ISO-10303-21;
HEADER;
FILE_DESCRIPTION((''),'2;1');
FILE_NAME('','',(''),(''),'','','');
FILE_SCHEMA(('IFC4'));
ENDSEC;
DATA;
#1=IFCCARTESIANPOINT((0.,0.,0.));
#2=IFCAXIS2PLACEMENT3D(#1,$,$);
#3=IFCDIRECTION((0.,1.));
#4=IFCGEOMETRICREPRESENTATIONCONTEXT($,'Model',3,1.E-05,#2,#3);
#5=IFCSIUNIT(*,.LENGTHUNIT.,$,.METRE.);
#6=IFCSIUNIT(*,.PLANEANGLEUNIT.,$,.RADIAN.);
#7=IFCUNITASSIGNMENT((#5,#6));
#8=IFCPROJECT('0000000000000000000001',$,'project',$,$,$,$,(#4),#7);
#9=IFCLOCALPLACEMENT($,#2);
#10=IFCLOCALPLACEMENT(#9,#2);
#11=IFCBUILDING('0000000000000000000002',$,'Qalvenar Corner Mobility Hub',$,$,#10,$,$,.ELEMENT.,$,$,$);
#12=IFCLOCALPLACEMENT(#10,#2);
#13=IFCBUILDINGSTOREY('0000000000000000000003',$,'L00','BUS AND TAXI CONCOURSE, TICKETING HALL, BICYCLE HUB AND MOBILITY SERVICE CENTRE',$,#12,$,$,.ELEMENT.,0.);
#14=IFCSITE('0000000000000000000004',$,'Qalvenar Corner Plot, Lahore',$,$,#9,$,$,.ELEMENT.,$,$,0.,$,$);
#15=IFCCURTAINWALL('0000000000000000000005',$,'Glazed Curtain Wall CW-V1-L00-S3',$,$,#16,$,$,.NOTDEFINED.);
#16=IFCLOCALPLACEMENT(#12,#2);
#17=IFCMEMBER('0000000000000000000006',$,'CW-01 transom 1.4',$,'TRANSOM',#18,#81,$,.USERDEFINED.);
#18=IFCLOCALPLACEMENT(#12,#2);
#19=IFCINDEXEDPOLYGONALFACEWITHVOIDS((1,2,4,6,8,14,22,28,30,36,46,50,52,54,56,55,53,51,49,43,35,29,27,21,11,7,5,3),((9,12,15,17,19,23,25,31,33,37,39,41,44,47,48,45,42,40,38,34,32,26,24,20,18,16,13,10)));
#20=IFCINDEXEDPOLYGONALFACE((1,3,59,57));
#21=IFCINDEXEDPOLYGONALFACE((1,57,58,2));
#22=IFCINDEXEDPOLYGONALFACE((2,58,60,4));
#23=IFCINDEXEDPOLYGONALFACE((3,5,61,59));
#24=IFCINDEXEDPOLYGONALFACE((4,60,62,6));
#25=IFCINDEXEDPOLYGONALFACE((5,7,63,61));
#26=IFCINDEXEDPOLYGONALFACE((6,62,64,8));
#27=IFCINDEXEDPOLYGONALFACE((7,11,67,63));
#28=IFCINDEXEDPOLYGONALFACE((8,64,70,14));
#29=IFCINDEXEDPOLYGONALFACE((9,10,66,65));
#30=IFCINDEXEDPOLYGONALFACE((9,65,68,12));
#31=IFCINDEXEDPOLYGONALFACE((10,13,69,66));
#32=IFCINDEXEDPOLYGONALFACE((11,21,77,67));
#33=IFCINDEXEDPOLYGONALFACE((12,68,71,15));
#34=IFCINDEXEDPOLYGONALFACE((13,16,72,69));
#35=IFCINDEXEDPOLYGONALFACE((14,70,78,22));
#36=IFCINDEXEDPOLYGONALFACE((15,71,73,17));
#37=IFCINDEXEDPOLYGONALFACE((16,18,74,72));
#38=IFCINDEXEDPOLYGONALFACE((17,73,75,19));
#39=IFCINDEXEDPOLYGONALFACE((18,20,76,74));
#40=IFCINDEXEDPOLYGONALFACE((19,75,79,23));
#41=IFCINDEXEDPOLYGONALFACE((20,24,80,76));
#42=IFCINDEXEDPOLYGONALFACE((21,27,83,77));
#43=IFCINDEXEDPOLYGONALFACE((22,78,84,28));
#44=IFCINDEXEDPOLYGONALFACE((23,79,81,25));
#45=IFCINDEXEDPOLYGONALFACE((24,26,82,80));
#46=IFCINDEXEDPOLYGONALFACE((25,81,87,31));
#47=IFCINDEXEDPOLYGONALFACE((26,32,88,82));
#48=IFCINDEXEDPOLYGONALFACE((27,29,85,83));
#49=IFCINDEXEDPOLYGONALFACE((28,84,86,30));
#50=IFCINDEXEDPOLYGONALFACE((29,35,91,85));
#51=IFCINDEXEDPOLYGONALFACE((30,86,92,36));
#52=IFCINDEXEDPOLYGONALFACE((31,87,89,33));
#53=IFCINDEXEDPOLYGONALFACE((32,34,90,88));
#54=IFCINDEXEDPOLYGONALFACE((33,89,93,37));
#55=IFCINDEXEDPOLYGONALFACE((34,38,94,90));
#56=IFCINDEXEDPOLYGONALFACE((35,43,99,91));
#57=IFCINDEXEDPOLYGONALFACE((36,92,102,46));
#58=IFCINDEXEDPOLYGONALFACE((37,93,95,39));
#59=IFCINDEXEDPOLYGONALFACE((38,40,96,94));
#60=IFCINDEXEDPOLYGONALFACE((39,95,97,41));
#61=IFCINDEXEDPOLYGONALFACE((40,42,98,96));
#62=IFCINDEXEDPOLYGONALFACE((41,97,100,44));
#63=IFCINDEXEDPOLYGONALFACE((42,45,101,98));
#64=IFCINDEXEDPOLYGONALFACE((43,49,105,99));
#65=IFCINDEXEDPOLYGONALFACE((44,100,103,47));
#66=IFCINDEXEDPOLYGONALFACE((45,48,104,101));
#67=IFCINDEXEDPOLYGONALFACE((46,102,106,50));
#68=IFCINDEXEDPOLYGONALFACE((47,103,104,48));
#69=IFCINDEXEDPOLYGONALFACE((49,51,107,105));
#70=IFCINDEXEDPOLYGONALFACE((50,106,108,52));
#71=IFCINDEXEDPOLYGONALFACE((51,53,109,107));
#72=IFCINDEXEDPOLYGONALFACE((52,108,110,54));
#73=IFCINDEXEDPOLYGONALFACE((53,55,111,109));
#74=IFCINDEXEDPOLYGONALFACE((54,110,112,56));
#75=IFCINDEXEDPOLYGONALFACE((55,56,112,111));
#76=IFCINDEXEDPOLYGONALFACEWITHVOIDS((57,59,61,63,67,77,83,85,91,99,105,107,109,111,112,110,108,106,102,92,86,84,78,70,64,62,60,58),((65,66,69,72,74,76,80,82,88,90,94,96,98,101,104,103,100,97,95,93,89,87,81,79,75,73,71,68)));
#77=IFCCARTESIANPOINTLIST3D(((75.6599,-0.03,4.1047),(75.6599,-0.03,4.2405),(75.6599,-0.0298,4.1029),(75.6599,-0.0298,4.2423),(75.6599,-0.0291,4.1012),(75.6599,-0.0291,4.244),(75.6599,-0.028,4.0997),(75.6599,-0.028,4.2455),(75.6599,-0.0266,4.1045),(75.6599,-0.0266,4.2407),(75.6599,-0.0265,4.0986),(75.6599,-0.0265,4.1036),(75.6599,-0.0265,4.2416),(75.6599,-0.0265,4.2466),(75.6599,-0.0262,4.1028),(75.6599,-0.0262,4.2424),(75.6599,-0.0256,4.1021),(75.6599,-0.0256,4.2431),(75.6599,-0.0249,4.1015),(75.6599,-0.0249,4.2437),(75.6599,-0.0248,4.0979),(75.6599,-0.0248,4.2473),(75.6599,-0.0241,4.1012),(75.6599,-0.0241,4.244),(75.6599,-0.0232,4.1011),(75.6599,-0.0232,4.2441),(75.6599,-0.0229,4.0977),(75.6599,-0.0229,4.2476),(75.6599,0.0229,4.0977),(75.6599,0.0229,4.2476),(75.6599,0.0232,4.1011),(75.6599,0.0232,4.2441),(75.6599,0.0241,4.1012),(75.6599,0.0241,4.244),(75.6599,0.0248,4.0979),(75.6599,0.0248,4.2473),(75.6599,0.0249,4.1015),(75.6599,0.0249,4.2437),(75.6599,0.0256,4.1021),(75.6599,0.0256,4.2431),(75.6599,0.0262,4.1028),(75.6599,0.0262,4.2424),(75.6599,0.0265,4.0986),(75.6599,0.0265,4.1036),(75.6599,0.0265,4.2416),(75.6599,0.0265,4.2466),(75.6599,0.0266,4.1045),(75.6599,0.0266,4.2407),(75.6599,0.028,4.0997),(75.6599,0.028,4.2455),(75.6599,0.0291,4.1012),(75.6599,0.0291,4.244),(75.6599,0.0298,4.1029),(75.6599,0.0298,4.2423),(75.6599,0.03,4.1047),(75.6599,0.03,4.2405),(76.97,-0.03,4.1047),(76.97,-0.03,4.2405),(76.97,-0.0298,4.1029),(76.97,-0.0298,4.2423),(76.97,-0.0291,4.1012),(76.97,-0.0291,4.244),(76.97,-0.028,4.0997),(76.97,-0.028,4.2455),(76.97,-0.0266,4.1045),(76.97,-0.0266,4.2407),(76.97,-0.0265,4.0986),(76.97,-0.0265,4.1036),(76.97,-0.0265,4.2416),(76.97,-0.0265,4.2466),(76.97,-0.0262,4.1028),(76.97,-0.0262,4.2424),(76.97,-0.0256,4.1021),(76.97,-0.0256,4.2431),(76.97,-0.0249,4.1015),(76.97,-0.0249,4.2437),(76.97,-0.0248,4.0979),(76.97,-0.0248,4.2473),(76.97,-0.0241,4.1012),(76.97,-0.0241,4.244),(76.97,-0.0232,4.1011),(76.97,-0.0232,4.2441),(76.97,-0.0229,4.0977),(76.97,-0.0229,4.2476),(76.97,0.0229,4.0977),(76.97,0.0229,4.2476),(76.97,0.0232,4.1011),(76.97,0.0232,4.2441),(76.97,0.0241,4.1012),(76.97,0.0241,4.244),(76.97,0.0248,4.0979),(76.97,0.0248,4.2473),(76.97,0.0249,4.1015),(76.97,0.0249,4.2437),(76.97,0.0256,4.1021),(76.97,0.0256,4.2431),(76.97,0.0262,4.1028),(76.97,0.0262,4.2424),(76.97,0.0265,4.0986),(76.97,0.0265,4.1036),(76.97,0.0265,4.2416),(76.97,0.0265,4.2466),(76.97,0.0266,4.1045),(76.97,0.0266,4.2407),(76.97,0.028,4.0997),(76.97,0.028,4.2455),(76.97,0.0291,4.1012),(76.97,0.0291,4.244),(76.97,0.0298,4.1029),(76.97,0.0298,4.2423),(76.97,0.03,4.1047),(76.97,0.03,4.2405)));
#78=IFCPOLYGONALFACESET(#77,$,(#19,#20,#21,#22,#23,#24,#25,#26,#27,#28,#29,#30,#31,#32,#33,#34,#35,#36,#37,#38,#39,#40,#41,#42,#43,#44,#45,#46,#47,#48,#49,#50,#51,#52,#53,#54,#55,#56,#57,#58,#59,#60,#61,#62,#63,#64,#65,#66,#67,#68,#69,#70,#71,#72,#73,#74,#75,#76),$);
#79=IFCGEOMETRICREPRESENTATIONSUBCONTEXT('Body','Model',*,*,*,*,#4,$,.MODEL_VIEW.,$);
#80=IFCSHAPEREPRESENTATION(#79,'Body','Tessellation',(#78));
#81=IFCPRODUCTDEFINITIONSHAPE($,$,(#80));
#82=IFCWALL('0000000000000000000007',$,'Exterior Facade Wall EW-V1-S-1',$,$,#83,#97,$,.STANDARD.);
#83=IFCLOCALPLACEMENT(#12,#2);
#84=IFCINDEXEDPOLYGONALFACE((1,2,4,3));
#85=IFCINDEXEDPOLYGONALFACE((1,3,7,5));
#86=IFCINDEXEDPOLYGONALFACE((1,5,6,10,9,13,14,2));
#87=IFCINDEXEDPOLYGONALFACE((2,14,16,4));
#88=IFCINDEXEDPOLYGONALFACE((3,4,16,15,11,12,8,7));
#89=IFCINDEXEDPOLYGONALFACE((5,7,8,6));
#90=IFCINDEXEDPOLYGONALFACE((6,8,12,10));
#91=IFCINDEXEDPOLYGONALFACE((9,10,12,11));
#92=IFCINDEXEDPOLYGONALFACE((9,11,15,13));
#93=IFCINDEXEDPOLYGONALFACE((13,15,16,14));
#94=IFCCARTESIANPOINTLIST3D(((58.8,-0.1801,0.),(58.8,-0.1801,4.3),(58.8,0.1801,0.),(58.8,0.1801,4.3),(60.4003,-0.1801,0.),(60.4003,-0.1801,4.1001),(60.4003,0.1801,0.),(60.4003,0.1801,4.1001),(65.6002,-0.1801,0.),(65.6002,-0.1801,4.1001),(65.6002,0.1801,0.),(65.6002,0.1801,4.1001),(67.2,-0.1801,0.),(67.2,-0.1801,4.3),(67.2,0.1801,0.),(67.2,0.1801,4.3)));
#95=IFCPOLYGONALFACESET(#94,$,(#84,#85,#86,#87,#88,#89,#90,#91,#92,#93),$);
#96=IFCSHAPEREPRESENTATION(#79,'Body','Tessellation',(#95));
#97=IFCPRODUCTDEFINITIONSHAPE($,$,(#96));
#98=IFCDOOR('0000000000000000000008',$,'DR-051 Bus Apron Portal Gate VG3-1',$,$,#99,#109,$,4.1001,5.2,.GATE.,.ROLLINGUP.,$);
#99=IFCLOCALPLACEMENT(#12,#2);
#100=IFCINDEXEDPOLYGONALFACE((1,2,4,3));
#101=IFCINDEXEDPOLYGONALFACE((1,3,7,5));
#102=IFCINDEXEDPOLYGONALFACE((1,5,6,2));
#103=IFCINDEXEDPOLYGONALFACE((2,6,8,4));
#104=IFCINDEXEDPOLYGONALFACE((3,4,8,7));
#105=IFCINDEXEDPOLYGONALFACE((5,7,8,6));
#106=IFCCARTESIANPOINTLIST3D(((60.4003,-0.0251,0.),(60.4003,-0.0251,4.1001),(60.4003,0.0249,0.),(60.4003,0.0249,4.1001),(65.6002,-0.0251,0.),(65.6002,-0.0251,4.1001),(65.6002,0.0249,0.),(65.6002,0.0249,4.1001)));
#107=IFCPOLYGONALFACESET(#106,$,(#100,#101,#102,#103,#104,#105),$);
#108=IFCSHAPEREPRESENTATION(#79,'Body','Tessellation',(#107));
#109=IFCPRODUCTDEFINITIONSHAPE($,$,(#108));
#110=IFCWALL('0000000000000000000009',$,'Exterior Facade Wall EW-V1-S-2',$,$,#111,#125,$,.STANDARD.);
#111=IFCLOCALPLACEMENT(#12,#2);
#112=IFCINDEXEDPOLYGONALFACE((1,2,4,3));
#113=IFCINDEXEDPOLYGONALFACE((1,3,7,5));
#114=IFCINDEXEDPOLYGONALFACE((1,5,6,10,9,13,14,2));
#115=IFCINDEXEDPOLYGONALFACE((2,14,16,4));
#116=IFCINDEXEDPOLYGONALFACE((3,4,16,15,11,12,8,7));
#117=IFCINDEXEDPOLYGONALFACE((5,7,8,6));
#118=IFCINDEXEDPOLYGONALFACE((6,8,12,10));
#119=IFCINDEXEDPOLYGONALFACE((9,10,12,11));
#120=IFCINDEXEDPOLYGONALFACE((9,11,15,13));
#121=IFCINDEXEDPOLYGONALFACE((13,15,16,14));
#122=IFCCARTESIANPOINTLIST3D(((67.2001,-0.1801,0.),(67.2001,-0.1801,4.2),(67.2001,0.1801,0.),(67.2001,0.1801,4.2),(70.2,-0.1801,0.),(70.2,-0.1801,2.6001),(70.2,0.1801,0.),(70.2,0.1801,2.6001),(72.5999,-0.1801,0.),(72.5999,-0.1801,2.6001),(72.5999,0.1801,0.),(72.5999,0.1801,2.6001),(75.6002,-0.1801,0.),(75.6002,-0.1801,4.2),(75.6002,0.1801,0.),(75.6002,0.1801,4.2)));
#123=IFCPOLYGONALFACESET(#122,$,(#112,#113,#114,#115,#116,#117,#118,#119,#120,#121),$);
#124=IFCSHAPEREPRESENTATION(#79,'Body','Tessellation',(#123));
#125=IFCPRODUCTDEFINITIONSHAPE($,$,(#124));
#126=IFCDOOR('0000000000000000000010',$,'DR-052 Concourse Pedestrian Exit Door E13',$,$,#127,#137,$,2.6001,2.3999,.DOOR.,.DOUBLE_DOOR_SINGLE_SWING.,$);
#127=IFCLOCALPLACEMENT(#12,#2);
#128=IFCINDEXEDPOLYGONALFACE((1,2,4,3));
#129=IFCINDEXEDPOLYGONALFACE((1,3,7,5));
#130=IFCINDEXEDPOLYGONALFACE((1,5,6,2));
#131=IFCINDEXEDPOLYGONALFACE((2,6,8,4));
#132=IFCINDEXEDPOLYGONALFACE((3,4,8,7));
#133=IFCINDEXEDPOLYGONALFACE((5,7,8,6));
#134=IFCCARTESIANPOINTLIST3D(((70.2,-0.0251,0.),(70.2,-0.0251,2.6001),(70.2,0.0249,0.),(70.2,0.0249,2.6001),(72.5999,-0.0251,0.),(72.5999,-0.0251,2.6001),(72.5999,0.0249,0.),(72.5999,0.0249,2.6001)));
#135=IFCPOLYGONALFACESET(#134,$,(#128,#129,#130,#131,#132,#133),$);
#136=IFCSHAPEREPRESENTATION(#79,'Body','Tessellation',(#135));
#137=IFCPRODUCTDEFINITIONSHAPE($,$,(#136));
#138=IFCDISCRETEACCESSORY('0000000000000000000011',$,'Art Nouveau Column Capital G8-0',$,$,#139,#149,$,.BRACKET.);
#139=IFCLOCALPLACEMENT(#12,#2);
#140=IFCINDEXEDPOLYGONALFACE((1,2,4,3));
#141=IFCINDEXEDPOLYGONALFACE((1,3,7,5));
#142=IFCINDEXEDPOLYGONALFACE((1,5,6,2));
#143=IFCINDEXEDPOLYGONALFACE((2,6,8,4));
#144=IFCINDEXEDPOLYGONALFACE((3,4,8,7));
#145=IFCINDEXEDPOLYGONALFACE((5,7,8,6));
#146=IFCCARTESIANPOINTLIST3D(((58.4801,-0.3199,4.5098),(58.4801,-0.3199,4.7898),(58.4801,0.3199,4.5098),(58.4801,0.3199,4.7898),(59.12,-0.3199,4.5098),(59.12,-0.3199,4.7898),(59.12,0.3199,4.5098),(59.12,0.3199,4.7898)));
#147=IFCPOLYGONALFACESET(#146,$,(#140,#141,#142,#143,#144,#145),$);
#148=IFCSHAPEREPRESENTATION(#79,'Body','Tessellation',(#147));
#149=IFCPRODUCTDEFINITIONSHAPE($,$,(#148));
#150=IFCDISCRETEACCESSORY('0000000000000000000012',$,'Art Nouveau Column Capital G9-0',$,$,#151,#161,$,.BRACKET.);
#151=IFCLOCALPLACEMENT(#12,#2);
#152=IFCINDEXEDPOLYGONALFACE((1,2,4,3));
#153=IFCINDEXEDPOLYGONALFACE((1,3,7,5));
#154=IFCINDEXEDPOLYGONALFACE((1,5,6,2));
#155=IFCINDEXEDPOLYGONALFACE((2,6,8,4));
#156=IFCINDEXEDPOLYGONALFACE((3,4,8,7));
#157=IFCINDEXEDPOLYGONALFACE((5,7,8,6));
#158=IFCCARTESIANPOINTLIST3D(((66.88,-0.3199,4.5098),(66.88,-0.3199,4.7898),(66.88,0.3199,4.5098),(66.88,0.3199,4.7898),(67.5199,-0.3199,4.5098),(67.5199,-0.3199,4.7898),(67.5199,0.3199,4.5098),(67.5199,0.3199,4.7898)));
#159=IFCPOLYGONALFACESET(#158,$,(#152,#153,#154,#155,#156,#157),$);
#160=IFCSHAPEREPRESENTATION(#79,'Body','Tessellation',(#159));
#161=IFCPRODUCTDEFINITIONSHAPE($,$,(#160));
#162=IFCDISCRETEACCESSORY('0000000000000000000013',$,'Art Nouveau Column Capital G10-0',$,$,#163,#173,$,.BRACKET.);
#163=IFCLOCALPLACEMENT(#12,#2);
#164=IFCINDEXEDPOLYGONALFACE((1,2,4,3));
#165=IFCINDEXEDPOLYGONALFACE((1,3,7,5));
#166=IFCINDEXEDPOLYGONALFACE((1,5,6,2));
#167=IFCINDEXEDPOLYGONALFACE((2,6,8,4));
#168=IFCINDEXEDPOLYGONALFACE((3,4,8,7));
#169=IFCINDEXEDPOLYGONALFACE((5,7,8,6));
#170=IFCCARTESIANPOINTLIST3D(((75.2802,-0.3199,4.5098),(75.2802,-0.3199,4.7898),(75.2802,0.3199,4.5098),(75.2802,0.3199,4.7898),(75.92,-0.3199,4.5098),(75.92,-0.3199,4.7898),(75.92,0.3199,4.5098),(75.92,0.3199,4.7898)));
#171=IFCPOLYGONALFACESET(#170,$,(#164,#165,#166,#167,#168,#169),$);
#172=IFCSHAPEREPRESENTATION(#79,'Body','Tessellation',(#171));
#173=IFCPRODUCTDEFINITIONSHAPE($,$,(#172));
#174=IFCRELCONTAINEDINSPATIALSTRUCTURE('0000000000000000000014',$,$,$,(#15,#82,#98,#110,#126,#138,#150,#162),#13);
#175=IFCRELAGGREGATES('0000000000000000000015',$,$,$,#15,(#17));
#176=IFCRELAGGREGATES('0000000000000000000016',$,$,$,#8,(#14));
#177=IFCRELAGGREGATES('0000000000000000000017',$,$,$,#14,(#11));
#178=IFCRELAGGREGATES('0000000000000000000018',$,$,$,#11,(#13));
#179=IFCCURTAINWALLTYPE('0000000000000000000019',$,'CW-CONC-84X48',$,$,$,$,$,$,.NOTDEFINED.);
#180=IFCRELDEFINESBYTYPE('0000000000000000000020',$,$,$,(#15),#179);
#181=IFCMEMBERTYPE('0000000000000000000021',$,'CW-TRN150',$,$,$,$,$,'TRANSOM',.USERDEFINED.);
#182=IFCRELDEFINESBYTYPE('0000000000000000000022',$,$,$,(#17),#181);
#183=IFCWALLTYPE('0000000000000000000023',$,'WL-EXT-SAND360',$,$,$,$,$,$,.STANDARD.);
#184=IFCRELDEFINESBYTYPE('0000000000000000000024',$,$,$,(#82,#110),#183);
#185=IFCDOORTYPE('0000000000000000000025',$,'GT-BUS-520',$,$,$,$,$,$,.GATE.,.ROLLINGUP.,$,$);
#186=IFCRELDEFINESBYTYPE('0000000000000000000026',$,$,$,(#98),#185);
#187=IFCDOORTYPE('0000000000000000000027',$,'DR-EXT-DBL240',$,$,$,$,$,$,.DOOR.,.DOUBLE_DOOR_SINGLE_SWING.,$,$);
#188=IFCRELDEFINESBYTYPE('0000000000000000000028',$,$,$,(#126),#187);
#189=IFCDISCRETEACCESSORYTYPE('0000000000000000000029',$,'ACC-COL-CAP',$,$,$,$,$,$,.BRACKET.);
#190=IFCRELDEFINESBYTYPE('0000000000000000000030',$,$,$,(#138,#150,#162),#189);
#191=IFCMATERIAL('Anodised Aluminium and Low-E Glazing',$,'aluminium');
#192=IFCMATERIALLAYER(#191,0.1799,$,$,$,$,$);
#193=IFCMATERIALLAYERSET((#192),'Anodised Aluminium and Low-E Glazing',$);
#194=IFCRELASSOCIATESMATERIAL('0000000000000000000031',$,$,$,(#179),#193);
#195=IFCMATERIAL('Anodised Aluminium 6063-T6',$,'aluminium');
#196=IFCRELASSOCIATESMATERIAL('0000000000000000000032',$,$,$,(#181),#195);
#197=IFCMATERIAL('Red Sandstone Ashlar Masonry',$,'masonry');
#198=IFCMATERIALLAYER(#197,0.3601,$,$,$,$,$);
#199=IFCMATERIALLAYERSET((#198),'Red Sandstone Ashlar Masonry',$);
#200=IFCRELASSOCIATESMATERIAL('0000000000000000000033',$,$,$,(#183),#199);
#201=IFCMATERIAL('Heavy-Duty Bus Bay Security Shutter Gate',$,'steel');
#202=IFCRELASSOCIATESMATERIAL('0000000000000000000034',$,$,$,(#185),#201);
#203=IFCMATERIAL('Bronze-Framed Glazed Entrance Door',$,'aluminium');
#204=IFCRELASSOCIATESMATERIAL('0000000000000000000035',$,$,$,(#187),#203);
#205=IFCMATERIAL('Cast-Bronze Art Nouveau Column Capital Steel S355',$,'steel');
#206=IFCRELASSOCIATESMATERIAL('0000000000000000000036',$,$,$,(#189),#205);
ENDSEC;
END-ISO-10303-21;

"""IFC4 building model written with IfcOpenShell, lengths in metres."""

from ifc_helpers import new_model, si_unit, direction, frame, frame_2d, origin, origin_2d, place, context, subcontext, project, spatial, rectangle, hollow_rectangle, extrude, material, layer, layer_set, material_profile, profile_set, type_object, element, fill, aggregate, save


model = new_model("IFC4")

# Units and contexts
model_context = context("Model", 3, precision=1e-05, world=origin(), true_north=direction((0.0, 1.0)))
body_context = subcontext(model_context, "Body", "Model", "MODEL_VIEW")
ifc_project = project(units=[si_unit("LENGTHUNIT", "METRE"), si_unit("PLANEANGLEUNIT", "RADIAN")], contexts=[model_context])

# Site, building, storey
site_placement = place(None, origin())
site = spatial("IfcSite", under=ifc_project, at=site_placement, Name="Qalvenar Corner Plot, Lahore", CompositionType="ELEMENT", RefElevation=0.0)
building_placement = place(site_placement, origin())
building = spatial("IfcBuilding", under=site, at=building_placement, Name="Qalvenar Corner Mobility Hub", CompositionType="ELEMENT")
storey_placement = place(building_placement, origin())
storey = spatial("IfcBuildingStorey", under=building, at=storey_placement, Name="L00", Description="BUS AND TAXI CONCOURSE, TICKETING HALL, BICYCLE HUB AND MOBILITY SERVICE CENTRE", CompositionType="ELEMENT", Elevation=0.0)

# Curtain wall, member
ifc_material_1 = material(Name="Anodised Aluminium and Low-E Glazing", Category="aluminium")
ifc_layer_1 = layer(ifc_material_1, 0.1799)
ifc_layer_set_1 = layer_set([ifc_layer_1], Name="Anodised Aluminium and Low-E Glazing")
curtain_wall_type = type_object("IfcCurtainWallType", Name="CW-CONC-84X48", PredefinedType="NOTDEFINED", material=ifc_layer_set_1)
curtain_wall_placement = place(storey_placement, origin())
curtain_wall = element("IfcCurtainWall", 1, at=curtain_wall_placement, inside=storey, type_object=curtain_wall_type, Name="Glazed Curtain Wall CW-V1-L00-S3", PredefinedType="NOTDEFINED")
ifc_material_2 = material(Name="Anodised Aluminium 6063-T6", Category="aluminium")
ifc_material_profile_1 = material_profile(ifc_material_2, hollow_rectangle(XDim=0.0601, YDim=0.1499, WallThickness=0.0034, InnerFilletRadius=0.0034, OuterFilletRadius=0.0071, at=origin_2d()), Name="RHS150x60x3.5")
ifc_profile_set_1 = profile_set([ifc_material_profile_1], Name="Anodised Aluminium 6063-T6")
member_type_1 = type_object("IfcMemberType", Name="CW-TRN150", ElementType="TRANSOM", PredefinedType="USERDEFINED", material=ifc_profile_set_1)
member_1_placement = place(storey_placement, frame((75.6599, 0.0, 4.1726), z_axis=(1.0, 0.0, 0.0), x_axis=(0.0, 1.0, 0.0)))
member_1 = element("IfcMember", 2, at=member_1_placement, type_object=member_type_1, Name="CW-01 transom 1.4", ObjectType="TRANSOM", PredefinedType="USERDEFINED", context=body_context, shape_type="SweptSolid", body=[
    extrude(hollow_rectangle(XDim=0.0601, YDim=0.1499, WallThickness=0.0034, InnerFilletRadius=0.0034, OuterFilletRadius=0.0071, at=origin_2d()), origin(), (0.0, 0.0, 1.0), 1.3101),
])
aggregate(curtain_wall, [member_1])

# Walls, openings, doors
ifc_material_3 = material(Name="Red Sandstone Ashlar Masonry", Category="masonry")
ifc_layer_2 = layer(ifc_material_3, 0.3601)
ifc_layer_set_2 = layer_set([ifc_layer_2], Name="Red Sandstone Ashlar Masonry")
wall_type = type_object("IfcWallType", Name="WL-EXT-SAND360", PredefinedType="STANDARD", material=ifc_layer_set_2)
wall_1_placement = place(storey_placement, frame((58.8, 0.0, 0.0), z_axis=(0.0, 0.0, 1.0), x_axis=(1.0, 0.0, 0.0)))
wall_1 = element("IfcWall", 3, at=wall_1_placement, inside=storey, type_object=wall_type, Name="Exterior Facade Wall EW-V1-S-1", PredefinedType="STANDARD", context=body_context, shape_type="SweptSolid", body=[
    extrude(rectangle(XDim=8.3999, YDim=0.3601, at=frame_2d((4.2, 0.0))), origin(), (0.0, 0.0, 1.0), 4.3),
])
opening_1_placement = place(wall_1_placement, frame((1.6001, 0.0, 0.0)))
opening_1 = element("IfcOpeningElement", 4, at=opening_1_placement, cuts=wall_1, PredefinedType="OPENING", context=body_context, shape_type="SweptSolid", body=[
    extrude(rectangle(XDim=5.2, YDim=4.1001, at=frame_2d((2.6001, 2.05))), frame((0.0, 0.1899, 0.0), z_axis=(0.0, -1.0, 0.0), x_axis=(1.0, 0.0, 0.0)), (0.0, 0.0, 1.0), 0.3801),
])
ifc_material_4 = material(Name="Heavy-Duty Bus Bay Security Shutter Gate", Category="steel")
door_type_1 = type_object("IfcDoorType", Name="GT-BUS-520", OperationType="ROLLINGUP", PredefinedType="GATE", material=ifc_material_4)
door_1_placement = place(opening_1_placement, origin())
door_1 = element("IfcDoor", 5, at=door_1_placement, inside=storey, type_object=door_type_1, Name="DR-051 Bus Apron Portal Gate VG3-1", OperationType="ROLLINGUP", OverallHeight=4.1001, OverallWidth=5.2, PredefinedType="GATE", context=body_context, shape_type="SweptSolid", body=[
    extrude(rectangle(XDim=5.2, YDim=4.1001, at=frame_2d((2.6001, 2.05))), frame((0.0, 0.0249, 0.0), z_axis=(0.0, -1.0, 0.0), x_axis=(1.0, 0.0, 0.0)), (0.0, 0.0, 1.0), 0.05),
])
fill(opening_1, door_1)
wall_2_placement = place(storey_placement, frame((67.2, 0.0, 0.0), z_axis=(0.0, 0.0, 1.0), x_axis=(1.0, 0.0, 0.0)))
wall_2 = element("IfcWall", 6, at=wall_2_placement, inside=storey, type_object=wall_type, Name="Exterior Facade Wall EW-V1-S-2", PredefinedType="STANDARD", context=body_context, shape_type="SweptSolid", body=[
    extrude(rectangle(XDim=8.4001, YDim=0.3601, at=frame_2d((4.2002, 0.0))), origin(), (0.0, 0.0, 1.0), 4.2),
])
opening_2_placement = place(wall_2_placement, frame((3.0, 0.0, 0.0)))
opening_2 = element("IfcOpeningElement", 7, at=opening_2_placement, cuts=wall_2, PredefinedType="OPENING", context=body_context, shape_type="SweptSolid", body=[
    extrude(rectangle(XDim=2.3999, YDim=2.6001, at=frame_2d((1.2, 1.3))), frame((0.0, 0.1899, 0.0), z_axis=(0.0, -1.0, 0.0), x_axis=(1.0, 0.0, 0.0)), (0.0, 0.0, 1.0), 0.3801),
])
ifc_material_5 = material(Name="Bronze-Framed Glazed Entrance Door", Category="aluminium")
door_type_2 = type_object("IfcDoorType", Name="DR-EXT-DBL240", OperationType="DOUBLE_DOOR_SINGLE_SWING", PredefinedType="DOOR", material=ifc_material_5)
door_2_placement = place(opening_2_placement, origin())
door_2 = element("IfcDoor", 8, at=door_2_placement, inside=storey, type_object=door_type_2, Name="DR-052 Concourse Pedestrian Exit Door E13", OperationType="DOUBLE_DOOR_SINGLE_SWING", OverallHeight=2.6001, OverallWidth=2.3999, PredefinedType="DOOR", context=body_context, shape_type="SweptSolid", body=[
    extrude(rectangle(XDim=2.3999, YDim=2.6001, at=frame_2d((1.2, 1.3))), frame((0.0, 0.0249, 0.0), z_axis=(0.0, -1.0, 0.0), x_axis=(1.0, 0.0, 0.0)), (0.0, 0.0, 1.0), 0.05),
])
fill(opening_2, door_2)

# Discrete accessories
ifc_material_6 = material(Name="Cast-Bronze Art Nouveau Column Capital Steel S355", Category="steel")
discrete_accessory_type = type_object("IfcDiscreteAccessoryType", Name="ACC-COL-CAP", PredefinedType="BRACKET", material=ifc_material_6)
for number, where, z_axis, x_axis, name in (
    (9, (58.8, 0.0, 4.5098), (0.0, 0.0, 1.0), (1.0, 0.0, 0.0), "Art Nouveau Column Capital G8-0"),
    (10, (67.2, 0.0, 4.5098), (0.0, 0.0, 1.0), (1.0, 0.0, 0.0), "Art Nouveau Column Capital G9-0"),
    (11, (75.6001, 0.0, 4.5098), (0.0, 0.0, 1.0), (1.0, 0.0, 0.0), "Art Nouveau Column Capital G10-0"),
):
    element("IfcDiscreteAccessory", number, at=place(storey_placement, frame(where, z_axis=z_axis, x_axis=x_axis)), inside=storey, type_object=discrete_accessory_type, Name=name, PredefinedType="BRACKET", context=body_context, shape_type="SweptSolid", body=[
        extrude(rectangle(XDim=0.6399, YDim=0.6399, at=origin_2d()), origin(), (0.0, 0.0, 1.0), 0.28),
    ])

save(model, "model.ifc")
